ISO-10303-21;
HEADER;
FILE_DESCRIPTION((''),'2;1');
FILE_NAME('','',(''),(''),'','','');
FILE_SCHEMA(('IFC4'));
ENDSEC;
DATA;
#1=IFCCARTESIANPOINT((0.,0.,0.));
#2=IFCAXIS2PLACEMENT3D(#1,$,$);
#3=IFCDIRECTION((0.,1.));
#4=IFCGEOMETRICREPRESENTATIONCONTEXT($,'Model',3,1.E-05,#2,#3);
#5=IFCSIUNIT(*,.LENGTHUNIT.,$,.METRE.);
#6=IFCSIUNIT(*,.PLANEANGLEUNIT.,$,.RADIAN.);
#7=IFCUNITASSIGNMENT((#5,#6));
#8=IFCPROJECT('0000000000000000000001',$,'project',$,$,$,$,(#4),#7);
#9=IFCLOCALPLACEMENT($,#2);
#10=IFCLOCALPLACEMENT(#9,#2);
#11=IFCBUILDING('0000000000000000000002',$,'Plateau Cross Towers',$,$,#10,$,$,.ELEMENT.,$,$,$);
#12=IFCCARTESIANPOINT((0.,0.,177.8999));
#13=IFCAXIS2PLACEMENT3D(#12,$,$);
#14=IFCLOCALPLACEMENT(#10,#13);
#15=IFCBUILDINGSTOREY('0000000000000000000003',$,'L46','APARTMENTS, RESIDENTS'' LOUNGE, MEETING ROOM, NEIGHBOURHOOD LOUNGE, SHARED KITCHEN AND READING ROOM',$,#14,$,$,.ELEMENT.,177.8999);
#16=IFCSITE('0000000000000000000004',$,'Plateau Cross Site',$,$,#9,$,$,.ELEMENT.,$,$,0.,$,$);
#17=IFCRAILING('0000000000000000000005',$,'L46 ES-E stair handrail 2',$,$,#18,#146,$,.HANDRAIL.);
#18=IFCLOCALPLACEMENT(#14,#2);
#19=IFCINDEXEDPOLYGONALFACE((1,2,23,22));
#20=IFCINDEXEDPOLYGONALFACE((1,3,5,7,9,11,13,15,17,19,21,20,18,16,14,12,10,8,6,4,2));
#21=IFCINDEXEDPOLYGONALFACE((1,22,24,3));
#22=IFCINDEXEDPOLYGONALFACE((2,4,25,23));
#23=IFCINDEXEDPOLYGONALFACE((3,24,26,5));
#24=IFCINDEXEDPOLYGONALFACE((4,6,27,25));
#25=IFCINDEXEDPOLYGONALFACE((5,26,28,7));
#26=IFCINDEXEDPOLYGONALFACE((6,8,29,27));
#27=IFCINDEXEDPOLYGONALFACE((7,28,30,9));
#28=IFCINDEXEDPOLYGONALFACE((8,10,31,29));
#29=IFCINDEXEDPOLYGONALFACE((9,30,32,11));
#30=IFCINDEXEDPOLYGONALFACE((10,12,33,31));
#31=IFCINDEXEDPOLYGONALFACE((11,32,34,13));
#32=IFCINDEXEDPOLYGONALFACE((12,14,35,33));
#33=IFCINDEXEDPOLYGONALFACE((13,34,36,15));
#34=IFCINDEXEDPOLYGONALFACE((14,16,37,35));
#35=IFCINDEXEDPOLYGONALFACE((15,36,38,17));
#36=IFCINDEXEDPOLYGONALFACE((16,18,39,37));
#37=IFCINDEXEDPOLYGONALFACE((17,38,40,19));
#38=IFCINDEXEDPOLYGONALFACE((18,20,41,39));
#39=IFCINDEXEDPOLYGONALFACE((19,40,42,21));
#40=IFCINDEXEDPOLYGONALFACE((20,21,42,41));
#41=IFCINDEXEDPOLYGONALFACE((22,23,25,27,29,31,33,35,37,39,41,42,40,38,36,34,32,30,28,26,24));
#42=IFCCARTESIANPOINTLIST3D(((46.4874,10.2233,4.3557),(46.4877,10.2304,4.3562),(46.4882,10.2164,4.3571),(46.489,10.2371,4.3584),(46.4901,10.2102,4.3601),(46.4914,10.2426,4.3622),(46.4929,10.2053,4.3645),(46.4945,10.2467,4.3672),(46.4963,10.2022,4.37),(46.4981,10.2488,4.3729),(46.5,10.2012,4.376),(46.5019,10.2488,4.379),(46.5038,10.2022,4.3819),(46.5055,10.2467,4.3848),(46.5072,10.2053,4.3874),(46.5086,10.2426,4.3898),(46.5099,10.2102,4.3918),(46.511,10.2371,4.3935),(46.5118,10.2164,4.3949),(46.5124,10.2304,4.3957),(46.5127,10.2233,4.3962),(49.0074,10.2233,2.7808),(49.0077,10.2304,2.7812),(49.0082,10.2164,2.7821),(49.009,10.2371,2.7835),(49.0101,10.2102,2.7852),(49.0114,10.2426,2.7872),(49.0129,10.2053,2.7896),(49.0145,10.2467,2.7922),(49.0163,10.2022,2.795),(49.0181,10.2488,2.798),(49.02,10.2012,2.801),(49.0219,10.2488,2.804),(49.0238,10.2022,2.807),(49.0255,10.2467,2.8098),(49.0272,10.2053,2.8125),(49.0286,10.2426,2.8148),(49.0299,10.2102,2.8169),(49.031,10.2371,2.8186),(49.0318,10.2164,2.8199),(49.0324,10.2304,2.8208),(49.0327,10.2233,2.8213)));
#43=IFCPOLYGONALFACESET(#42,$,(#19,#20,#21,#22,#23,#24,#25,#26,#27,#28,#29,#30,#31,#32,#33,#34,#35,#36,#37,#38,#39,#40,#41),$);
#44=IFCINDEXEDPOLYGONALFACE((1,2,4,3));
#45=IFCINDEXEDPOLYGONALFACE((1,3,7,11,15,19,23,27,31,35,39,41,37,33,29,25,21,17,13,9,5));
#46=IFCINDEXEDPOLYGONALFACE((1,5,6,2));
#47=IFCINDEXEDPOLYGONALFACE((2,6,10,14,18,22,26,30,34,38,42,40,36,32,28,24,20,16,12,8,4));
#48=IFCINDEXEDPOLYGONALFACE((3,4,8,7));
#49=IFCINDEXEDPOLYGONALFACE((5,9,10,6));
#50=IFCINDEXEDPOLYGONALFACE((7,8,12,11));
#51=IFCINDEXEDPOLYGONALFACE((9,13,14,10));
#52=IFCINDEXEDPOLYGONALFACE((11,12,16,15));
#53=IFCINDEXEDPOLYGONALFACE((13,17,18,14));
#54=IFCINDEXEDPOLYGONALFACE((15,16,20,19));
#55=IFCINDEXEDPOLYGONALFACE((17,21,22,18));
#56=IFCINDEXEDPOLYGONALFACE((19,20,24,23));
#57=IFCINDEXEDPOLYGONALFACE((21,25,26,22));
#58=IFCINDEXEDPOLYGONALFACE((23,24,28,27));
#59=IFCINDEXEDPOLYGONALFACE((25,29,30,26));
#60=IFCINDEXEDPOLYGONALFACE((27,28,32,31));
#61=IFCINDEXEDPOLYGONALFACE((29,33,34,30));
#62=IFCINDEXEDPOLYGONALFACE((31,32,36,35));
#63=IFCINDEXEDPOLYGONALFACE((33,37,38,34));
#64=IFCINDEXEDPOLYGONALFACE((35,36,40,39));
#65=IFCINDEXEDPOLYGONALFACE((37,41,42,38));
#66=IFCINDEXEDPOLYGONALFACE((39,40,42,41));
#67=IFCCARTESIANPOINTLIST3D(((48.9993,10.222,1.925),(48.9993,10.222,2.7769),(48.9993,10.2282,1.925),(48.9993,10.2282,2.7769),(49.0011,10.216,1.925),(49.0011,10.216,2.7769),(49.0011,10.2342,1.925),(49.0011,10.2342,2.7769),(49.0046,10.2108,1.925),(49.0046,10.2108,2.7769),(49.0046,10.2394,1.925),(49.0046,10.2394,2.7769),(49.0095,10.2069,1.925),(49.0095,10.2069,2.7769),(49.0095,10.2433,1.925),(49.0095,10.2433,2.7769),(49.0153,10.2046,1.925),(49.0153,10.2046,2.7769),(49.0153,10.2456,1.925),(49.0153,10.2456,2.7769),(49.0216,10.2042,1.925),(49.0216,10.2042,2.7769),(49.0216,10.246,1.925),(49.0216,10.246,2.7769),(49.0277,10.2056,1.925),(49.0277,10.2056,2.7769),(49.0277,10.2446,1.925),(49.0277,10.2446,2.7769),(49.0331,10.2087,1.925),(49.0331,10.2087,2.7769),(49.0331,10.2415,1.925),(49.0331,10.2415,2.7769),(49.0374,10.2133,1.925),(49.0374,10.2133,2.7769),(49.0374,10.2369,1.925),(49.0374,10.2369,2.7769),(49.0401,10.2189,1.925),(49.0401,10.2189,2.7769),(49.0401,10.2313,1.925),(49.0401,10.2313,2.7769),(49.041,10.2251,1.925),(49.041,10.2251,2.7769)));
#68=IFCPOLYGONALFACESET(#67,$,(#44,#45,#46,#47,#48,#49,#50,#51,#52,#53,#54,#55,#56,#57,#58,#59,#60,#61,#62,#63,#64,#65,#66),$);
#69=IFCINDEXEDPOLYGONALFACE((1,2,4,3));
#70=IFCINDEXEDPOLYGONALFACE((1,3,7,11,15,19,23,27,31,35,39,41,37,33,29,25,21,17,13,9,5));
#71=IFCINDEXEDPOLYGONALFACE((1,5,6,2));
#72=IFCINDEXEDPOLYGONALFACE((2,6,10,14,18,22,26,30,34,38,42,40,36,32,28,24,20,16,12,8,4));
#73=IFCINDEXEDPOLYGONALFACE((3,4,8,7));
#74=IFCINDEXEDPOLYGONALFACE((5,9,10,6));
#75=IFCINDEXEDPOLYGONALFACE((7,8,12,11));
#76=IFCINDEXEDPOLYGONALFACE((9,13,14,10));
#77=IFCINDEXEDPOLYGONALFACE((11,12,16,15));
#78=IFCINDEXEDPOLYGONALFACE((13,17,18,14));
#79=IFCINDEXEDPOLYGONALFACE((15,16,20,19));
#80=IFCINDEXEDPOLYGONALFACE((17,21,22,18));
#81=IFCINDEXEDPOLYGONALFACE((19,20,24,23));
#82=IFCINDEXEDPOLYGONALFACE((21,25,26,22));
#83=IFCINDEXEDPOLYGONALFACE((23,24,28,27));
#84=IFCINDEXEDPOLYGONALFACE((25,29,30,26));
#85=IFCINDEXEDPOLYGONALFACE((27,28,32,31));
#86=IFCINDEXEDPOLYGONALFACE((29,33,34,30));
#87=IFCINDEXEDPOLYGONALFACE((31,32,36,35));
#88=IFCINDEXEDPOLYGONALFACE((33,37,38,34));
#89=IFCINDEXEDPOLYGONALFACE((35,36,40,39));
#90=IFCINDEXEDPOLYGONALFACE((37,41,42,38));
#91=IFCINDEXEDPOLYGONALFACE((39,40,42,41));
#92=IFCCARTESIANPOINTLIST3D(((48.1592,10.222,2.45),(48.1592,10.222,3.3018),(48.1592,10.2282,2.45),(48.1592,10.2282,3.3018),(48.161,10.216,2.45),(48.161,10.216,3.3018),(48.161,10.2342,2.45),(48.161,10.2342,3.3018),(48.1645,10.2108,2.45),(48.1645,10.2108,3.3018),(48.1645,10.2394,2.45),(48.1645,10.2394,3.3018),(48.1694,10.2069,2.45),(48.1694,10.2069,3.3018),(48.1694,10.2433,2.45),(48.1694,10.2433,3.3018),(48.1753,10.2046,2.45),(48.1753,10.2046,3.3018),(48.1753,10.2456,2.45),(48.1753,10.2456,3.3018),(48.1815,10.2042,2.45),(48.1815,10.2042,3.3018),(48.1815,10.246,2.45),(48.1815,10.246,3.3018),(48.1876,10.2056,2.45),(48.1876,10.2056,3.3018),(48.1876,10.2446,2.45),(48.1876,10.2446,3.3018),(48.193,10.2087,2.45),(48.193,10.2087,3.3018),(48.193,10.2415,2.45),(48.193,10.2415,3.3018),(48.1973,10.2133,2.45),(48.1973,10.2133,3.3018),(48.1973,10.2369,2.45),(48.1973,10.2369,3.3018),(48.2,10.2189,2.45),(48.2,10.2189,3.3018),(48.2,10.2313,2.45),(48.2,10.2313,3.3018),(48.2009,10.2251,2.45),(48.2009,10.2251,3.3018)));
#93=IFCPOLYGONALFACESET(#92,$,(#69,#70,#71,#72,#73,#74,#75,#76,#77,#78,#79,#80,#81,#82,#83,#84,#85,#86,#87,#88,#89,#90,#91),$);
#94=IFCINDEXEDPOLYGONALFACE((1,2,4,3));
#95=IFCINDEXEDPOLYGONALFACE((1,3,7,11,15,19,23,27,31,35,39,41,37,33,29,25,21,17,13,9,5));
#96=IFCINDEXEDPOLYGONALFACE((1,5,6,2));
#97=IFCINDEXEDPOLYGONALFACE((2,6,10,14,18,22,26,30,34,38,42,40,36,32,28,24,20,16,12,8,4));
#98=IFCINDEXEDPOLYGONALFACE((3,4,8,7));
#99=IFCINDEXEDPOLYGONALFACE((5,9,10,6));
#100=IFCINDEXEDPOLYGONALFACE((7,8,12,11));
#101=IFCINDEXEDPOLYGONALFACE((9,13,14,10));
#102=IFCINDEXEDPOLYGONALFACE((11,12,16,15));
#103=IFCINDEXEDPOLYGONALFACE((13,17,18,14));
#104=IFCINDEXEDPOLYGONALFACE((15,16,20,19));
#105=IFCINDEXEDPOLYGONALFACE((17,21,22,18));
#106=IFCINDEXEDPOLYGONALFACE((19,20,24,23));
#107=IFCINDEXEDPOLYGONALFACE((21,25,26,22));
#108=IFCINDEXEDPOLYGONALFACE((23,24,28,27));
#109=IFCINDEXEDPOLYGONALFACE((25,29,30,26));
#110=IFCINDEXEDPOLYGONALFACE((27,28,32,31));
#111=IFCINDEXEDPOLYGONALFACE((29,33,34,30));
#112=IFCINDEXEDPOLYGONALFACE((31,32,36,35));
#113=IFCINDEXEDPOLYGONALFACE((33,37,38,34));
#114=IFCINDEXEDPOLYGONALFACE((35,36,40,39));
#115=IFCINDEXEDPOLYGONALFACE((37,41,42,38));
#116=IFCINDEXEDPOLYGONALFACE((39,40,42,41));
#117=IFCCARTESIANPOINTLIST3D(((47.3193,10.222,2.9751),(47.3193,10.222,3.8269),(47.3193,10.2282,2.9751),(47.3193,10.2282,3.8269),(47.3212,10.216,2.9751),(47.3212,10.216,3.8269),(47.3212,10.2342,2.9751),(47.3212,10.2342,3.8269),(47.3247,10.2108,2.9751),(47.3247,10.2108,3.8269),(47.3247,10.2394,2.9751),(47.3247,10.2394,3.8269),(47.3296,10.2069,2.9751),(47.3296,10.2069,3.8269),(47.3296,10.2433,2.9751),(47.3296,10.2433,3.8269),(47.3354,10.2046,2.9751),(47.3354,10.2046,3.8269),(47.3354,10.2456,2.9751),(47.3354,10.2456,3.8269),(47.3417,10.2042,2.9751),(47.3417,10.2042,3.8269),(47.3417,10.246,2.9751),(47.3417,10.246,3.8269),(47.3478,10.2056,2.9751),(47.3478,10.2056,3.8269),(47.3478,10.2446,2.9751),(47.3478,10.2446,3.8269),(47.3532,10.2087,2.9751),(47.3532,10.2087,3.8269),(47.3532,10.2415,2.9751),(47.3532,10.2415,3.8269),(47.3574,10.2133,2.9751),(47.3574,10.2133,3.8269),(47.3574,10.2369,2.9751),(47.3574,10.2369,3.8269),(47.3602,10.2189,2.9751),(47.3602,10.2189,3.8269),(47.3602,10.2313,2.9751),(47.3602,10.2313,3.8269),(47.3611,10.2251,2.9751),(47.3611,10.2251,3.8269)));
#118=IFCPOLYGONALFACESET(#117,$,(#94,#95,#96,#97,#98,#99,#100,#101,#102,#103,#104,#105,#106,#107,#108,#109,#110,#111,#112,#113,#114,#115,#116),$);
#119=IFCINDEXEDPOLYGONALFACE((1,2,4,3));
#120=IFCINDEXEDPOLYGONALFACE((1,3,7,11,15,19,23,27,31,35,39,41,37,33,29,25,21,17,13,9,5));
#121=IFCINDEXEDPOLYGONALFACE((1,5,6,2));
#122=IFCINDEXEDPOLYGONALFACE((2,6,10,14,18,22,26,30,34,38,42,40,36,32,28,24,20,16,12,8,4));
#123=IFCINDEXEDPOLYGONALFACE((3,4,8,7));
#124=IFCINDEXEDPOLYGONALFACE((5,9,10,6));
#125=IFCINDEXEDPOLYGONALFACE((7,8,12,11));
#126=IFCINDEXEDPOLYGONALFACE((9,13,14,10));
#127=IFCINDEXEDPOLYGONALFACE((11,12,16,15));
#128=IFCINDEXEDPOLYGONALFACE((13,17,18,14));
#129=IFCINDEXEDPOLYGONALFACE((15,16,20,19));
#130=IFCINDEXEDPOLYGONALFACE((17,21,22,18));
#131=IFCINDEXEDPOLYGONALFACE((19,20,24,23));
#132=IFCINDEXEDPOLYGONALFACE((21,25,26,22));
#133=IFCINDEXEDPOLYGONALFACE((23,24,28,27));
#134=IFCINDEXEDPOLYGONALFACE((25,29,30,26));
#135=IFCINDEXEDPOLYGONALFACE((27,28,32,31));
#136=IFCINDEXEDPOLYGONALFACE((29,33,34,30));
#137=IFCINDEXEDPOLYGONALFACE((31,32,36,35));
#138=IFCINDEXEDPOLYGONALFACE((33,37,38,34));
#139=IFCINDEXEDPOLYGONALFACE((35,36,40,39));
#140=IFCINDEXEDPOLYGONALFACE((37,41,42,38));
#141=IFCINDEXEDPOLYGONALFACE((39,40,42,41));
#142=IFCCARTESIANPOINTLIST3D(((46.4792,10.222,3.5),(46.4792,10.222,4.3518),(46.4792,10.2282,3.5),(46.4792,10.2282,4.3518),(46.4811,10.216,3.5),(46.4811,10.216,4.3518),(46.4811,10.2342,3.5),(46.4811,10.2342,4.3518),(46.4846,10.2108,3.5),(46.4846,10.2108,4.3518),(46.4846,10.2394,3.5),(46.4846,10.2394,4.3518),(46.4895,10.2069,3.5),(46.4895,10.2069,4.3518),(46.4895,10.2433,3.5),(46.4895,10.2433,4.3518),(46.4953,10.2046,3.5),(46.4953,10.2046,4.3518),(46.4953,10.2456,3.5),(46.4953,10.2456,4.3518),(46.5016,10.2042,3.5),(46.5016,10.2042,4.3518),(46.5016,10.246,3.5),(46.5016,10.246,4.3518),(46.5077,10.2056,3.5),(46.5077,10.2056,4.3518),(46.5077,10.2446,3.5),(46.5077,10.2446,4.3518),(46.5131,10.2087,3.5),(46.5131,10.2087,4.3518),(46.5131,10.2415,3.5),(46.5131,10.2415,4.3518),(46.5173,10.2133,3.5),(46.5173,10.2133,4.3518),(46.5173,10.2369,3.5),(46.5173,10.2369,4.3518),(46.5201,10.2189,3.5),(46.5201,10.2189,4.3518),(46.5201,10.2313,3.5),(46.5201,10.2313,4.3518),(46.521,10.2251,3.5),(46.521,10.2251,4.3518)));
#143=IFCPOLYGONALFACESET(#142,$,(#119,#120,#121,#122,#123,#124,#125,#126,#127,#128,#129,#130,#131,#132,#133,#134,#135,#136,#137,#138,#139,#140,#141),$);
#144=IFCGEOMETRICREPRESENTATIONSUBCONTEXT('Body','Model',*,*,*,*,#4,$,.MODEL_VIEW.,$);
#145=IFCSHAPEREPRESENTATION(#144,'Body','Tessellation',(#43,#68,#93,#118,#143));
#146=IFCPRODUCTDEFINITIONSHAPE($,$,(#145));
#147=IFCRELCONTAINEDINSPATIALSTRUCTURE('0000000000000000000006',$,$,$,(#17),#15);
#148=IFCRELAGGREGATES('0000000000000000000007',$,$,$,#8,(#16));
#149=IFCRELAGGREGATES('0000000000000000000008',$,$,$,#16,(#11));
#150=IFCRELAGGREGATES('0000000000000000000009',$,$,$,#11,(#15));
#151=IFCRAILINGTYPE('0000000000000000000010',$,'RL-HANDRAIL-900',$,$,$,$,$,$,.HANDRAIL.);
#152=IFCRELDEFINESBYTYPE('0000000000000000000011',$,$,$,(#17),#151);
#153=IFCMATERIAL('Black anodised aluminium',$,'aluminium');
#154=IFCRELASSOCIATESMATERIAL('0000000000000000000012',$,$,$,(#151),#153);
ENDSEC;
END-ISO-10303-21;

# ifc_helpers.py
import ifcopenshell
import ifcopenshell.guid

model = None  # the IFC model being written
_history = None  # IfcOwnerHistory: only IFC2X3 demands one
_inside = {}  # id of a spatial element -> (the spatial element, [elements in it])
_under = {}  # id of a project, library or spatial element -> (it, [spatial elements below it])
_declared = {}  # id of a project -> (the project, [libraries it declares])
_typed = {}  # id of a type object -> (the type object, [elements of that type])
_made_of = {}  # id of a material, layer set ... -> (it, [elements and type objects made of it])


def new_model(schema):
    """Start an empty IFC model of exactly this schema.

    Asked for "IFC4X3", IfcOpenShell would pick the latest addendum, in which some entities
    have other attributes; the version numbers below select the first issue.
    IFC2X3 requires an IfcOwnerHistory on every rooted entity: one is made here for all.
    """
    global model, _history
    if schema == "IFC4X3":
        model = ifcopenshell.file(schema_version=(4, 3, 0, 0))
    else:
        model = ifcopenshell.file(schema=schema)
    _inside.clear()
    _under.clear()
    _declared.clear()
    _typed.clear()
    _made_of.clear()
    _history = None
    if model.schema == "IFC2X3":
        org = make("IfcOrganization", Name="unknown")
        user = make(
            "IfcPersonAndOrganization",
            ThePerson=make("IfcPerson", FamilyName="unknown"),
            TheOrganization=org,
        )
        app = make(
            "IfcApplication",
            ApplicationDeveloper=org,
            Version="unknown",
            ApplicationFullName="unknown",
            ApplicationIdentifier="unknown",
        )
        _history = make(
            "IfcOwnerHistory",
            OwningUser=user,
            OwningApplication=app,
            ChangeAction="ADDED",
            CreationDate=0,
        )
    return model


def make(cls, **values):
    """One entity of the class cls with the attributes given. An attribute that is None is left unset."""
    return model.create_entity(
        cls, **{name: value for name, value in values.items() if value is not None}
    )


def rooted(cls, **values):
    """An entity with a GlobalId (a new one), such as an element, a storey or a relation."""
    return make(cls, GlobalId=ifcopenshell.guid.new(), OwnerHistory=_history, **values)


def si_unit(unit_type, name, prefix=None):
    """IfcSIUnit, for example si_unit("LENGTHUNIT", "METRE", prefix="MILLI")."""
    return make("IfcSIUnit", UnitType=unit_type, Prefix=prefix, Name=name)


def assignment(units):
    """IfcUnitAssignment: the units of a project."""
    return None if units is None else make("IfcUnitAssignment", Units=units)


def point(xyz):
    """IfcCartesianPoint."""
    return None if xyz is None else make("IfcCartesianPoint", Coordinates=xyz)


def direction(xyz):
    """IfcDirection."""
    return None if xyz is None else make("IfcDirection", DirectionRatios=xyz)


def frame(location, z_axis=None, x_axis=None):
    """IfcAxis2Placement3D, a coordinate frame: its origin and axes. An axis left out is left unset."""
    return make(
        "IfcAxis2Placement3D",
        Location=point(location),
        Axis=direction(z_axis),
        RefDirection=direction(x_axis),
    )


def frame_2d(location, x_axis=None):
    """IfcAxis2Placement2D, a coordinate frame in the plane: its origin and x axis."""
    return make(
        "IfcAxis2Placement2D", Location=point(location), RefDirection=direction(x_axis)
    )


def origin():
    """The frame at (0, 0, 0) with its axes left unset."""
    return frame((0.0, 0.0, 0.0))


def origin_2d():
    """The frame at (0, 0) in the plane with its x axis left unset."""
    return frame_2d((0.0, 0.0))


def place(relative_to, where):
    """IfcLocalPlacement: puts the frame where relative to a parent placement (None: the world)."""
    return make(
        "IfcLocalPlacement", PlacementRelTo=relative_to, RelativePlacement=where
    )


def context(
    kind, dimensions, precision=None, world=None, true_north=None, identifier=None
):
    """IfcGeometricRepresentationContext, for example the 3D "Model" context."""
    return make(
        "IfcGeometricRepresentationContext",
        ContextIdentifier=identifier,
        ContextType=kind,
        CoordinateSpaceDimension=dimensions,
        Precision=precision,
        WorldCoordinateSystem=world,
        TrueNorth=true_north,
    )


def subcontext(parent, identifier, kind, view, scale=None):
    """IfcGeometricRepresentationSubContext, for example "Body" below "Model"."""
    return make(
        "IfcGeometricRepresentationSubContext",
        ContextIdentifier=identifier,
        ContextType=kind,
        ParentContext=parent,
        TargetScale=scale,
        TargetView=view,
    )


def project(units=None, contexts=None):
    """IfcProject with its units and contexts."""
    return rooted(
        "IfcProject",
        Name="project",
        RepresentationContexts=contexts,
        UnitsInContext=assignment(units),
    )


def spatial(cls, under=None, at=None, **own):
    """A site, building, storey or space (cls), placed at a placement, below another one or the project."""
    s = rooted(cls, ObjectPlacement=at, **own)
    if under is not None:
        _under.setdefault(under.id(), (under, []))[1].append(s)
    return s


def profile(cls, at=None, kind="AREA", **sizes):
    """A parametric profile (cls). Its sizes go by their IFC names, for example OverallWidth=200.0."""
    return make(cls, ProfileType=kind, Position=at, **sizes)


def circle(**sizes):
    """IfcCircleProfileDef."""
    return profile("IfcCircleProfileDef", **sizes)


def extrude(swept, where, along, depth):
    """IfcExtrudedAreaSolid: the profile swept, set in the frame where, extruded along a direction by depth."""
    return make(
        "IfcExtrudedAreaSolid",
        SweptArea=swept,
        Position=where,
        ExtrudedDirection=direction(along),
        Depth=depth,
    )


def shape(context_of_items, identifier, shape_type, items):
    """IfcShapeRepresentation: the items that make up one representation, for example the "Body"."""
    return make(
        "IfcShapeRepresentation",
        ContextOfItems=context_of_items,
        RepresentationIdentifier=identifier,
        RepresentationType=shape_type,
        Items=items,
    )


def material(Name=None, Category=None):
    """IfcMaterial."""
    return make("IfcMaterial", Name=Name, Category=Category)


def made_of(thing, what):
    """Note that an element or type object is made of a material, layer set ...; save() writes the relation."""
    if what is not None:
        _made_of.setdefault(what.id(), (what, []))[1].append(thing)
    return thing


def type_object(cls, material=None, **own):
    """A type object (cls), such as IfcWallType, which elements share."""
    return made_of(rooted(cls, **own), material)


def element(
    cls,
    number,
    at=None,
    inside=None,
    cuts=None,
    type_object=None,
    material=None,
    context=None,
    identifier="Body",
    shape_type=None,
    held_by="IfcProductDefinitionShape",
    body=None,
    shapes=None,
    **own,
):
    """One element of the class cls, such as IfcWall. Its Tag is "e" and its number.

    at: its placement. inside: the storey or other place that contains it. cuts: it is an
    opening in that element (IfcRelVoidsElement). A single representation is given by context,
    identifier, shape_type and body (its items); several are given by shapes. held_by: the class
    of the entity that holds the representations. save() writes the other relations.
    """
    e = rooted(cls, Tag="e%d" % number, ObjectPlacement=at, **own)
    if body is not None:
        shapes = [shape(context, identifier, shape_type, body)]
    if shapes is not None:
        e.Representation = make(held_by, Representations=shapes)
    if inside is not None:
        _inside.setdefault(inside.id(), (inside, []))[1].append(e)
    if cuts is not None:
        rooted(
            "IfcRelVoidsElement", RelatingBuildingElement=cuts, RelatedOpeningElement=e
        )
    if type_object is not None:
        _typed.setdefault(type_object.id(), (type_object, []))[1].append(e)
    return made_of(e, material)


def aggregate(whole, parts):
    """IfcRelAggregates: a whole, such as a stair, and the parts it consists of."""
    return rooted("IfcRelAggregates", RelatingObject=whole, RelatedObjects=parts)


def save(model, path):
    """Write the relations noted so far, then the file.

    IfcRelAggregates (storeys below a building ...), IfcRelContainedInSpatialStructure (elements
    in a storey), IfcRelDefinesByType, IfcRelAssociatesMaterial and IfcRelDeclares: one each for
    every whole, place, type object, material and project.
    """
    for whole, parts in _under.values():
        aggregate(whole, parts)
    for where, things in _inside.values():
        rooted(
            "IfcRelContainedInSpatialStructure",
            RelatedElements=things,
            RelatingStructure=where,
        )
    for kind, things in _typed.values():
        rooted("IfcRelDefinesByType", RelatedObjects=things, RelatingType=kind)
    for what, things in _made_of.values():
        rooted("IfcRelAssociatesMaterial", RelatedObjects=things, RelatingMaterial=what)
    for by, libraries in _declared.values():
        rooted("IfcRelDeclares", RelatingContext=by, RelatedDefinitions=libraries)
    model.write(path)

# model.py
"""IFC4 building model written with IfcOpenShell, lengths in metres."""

from ifc_helpers import new_model, si_unit, direction, frame, origin, origin_2d, place, context, subcontext, project, spatial, circle, extrude, material, type_object, element, save


model = new_model("IFC4")

# Units and contexts
model_context = context("Model", 3, precision=1e-05, world=origin(), true_north=direction((0.0, 1.0)))
body_context = subcontext(model_context, "Body", "Model", "MODEL_VIEW")
ifc_project = project(units=[si_unit("LENGTHUNIT", "METRE"), si_unit("PLANEANGLEUNIT", "RADIAN")], contexts=[model_context])

# Site, building, storey
site_placement = place(None, origin())
site = spatial("IfcSite", under=ifc_project, at=site_placement, Name="Plateau Cross Site", CompositionType="ELEMENT", RefElevation=0.0)
building_placement = place(site_placement, origin())
building = spatial("IfcBuilding", under=site, at=building_placement, Name="Plateau Cross Towers", CompositionType="ELEMENT")
storey_placement = place(building_placement, frame((0.0, 0.0, 177.8999)))
storey = spatial("IfcBuildingStorey", under=building, at=storey_placement, Name="L46", Description="APARTMENTS, RESIDENTS' LOUNGE, MEETING ROOM, NEIGHBOURHOOD LOUNGE, SHARED KITCHEN AND READING ROOM", CompositionType="ELEMENT", Elevation=177.8999)

# Shared definitions
ifc_material_1 = material(Name="Black anodised aluminium", Category="aluminium")

# Railing
railing_type_1 = type_object("IfcRailingType", Name="RL-HANDRAIL-900", PredefinedType="HANDRAIL", material=ifc_material_1)
railing_1_placement = place(storey_placement, frame((49.02, 10.2251, 1.925)))
element("IfcRailing", 1, at=railing_1_placement, inside=storey, type_object=railing_type_1, Name="L46 ES-E stair handrail 2", PredefinedType="HANDRAIL", context=body_context, shape_type="SweptSolid", body=[
    extrude(circle(Radius=0.0239, at=origin_2d()), frame((0.0, 0.0, 0.876), z_axis=(-0.848008, 0.0, 0.529984), x_axis=(0.0, -1.0, 0.0)), (0.0, 0.0, 1.0), 2.9717),
    extrude(circle(Radius=0.021, at=origin_2d()), origin(), (0.0, 0.0, 1.0), 0.8518),
    extrude(circle(Radius=0.021, at=origin_2d()), frame((-0.8401, 0.0, 0.5249)), (0.0, 0.0, 1.0), 0.8518),
    extrude(circle(Radius=0.021, at=origin_2d()), frame((-1.6799, 0.0, 1.05)), (0.0, 0.0, 1.0), 0.8518),
    extrude(circle(Radius=0.021, at=origin_2d()), frame((-2.52, 0.0, 1.575)), (0.0, 0.0, 1.0), 0.8518),
])

save(model, "model.ifc")
